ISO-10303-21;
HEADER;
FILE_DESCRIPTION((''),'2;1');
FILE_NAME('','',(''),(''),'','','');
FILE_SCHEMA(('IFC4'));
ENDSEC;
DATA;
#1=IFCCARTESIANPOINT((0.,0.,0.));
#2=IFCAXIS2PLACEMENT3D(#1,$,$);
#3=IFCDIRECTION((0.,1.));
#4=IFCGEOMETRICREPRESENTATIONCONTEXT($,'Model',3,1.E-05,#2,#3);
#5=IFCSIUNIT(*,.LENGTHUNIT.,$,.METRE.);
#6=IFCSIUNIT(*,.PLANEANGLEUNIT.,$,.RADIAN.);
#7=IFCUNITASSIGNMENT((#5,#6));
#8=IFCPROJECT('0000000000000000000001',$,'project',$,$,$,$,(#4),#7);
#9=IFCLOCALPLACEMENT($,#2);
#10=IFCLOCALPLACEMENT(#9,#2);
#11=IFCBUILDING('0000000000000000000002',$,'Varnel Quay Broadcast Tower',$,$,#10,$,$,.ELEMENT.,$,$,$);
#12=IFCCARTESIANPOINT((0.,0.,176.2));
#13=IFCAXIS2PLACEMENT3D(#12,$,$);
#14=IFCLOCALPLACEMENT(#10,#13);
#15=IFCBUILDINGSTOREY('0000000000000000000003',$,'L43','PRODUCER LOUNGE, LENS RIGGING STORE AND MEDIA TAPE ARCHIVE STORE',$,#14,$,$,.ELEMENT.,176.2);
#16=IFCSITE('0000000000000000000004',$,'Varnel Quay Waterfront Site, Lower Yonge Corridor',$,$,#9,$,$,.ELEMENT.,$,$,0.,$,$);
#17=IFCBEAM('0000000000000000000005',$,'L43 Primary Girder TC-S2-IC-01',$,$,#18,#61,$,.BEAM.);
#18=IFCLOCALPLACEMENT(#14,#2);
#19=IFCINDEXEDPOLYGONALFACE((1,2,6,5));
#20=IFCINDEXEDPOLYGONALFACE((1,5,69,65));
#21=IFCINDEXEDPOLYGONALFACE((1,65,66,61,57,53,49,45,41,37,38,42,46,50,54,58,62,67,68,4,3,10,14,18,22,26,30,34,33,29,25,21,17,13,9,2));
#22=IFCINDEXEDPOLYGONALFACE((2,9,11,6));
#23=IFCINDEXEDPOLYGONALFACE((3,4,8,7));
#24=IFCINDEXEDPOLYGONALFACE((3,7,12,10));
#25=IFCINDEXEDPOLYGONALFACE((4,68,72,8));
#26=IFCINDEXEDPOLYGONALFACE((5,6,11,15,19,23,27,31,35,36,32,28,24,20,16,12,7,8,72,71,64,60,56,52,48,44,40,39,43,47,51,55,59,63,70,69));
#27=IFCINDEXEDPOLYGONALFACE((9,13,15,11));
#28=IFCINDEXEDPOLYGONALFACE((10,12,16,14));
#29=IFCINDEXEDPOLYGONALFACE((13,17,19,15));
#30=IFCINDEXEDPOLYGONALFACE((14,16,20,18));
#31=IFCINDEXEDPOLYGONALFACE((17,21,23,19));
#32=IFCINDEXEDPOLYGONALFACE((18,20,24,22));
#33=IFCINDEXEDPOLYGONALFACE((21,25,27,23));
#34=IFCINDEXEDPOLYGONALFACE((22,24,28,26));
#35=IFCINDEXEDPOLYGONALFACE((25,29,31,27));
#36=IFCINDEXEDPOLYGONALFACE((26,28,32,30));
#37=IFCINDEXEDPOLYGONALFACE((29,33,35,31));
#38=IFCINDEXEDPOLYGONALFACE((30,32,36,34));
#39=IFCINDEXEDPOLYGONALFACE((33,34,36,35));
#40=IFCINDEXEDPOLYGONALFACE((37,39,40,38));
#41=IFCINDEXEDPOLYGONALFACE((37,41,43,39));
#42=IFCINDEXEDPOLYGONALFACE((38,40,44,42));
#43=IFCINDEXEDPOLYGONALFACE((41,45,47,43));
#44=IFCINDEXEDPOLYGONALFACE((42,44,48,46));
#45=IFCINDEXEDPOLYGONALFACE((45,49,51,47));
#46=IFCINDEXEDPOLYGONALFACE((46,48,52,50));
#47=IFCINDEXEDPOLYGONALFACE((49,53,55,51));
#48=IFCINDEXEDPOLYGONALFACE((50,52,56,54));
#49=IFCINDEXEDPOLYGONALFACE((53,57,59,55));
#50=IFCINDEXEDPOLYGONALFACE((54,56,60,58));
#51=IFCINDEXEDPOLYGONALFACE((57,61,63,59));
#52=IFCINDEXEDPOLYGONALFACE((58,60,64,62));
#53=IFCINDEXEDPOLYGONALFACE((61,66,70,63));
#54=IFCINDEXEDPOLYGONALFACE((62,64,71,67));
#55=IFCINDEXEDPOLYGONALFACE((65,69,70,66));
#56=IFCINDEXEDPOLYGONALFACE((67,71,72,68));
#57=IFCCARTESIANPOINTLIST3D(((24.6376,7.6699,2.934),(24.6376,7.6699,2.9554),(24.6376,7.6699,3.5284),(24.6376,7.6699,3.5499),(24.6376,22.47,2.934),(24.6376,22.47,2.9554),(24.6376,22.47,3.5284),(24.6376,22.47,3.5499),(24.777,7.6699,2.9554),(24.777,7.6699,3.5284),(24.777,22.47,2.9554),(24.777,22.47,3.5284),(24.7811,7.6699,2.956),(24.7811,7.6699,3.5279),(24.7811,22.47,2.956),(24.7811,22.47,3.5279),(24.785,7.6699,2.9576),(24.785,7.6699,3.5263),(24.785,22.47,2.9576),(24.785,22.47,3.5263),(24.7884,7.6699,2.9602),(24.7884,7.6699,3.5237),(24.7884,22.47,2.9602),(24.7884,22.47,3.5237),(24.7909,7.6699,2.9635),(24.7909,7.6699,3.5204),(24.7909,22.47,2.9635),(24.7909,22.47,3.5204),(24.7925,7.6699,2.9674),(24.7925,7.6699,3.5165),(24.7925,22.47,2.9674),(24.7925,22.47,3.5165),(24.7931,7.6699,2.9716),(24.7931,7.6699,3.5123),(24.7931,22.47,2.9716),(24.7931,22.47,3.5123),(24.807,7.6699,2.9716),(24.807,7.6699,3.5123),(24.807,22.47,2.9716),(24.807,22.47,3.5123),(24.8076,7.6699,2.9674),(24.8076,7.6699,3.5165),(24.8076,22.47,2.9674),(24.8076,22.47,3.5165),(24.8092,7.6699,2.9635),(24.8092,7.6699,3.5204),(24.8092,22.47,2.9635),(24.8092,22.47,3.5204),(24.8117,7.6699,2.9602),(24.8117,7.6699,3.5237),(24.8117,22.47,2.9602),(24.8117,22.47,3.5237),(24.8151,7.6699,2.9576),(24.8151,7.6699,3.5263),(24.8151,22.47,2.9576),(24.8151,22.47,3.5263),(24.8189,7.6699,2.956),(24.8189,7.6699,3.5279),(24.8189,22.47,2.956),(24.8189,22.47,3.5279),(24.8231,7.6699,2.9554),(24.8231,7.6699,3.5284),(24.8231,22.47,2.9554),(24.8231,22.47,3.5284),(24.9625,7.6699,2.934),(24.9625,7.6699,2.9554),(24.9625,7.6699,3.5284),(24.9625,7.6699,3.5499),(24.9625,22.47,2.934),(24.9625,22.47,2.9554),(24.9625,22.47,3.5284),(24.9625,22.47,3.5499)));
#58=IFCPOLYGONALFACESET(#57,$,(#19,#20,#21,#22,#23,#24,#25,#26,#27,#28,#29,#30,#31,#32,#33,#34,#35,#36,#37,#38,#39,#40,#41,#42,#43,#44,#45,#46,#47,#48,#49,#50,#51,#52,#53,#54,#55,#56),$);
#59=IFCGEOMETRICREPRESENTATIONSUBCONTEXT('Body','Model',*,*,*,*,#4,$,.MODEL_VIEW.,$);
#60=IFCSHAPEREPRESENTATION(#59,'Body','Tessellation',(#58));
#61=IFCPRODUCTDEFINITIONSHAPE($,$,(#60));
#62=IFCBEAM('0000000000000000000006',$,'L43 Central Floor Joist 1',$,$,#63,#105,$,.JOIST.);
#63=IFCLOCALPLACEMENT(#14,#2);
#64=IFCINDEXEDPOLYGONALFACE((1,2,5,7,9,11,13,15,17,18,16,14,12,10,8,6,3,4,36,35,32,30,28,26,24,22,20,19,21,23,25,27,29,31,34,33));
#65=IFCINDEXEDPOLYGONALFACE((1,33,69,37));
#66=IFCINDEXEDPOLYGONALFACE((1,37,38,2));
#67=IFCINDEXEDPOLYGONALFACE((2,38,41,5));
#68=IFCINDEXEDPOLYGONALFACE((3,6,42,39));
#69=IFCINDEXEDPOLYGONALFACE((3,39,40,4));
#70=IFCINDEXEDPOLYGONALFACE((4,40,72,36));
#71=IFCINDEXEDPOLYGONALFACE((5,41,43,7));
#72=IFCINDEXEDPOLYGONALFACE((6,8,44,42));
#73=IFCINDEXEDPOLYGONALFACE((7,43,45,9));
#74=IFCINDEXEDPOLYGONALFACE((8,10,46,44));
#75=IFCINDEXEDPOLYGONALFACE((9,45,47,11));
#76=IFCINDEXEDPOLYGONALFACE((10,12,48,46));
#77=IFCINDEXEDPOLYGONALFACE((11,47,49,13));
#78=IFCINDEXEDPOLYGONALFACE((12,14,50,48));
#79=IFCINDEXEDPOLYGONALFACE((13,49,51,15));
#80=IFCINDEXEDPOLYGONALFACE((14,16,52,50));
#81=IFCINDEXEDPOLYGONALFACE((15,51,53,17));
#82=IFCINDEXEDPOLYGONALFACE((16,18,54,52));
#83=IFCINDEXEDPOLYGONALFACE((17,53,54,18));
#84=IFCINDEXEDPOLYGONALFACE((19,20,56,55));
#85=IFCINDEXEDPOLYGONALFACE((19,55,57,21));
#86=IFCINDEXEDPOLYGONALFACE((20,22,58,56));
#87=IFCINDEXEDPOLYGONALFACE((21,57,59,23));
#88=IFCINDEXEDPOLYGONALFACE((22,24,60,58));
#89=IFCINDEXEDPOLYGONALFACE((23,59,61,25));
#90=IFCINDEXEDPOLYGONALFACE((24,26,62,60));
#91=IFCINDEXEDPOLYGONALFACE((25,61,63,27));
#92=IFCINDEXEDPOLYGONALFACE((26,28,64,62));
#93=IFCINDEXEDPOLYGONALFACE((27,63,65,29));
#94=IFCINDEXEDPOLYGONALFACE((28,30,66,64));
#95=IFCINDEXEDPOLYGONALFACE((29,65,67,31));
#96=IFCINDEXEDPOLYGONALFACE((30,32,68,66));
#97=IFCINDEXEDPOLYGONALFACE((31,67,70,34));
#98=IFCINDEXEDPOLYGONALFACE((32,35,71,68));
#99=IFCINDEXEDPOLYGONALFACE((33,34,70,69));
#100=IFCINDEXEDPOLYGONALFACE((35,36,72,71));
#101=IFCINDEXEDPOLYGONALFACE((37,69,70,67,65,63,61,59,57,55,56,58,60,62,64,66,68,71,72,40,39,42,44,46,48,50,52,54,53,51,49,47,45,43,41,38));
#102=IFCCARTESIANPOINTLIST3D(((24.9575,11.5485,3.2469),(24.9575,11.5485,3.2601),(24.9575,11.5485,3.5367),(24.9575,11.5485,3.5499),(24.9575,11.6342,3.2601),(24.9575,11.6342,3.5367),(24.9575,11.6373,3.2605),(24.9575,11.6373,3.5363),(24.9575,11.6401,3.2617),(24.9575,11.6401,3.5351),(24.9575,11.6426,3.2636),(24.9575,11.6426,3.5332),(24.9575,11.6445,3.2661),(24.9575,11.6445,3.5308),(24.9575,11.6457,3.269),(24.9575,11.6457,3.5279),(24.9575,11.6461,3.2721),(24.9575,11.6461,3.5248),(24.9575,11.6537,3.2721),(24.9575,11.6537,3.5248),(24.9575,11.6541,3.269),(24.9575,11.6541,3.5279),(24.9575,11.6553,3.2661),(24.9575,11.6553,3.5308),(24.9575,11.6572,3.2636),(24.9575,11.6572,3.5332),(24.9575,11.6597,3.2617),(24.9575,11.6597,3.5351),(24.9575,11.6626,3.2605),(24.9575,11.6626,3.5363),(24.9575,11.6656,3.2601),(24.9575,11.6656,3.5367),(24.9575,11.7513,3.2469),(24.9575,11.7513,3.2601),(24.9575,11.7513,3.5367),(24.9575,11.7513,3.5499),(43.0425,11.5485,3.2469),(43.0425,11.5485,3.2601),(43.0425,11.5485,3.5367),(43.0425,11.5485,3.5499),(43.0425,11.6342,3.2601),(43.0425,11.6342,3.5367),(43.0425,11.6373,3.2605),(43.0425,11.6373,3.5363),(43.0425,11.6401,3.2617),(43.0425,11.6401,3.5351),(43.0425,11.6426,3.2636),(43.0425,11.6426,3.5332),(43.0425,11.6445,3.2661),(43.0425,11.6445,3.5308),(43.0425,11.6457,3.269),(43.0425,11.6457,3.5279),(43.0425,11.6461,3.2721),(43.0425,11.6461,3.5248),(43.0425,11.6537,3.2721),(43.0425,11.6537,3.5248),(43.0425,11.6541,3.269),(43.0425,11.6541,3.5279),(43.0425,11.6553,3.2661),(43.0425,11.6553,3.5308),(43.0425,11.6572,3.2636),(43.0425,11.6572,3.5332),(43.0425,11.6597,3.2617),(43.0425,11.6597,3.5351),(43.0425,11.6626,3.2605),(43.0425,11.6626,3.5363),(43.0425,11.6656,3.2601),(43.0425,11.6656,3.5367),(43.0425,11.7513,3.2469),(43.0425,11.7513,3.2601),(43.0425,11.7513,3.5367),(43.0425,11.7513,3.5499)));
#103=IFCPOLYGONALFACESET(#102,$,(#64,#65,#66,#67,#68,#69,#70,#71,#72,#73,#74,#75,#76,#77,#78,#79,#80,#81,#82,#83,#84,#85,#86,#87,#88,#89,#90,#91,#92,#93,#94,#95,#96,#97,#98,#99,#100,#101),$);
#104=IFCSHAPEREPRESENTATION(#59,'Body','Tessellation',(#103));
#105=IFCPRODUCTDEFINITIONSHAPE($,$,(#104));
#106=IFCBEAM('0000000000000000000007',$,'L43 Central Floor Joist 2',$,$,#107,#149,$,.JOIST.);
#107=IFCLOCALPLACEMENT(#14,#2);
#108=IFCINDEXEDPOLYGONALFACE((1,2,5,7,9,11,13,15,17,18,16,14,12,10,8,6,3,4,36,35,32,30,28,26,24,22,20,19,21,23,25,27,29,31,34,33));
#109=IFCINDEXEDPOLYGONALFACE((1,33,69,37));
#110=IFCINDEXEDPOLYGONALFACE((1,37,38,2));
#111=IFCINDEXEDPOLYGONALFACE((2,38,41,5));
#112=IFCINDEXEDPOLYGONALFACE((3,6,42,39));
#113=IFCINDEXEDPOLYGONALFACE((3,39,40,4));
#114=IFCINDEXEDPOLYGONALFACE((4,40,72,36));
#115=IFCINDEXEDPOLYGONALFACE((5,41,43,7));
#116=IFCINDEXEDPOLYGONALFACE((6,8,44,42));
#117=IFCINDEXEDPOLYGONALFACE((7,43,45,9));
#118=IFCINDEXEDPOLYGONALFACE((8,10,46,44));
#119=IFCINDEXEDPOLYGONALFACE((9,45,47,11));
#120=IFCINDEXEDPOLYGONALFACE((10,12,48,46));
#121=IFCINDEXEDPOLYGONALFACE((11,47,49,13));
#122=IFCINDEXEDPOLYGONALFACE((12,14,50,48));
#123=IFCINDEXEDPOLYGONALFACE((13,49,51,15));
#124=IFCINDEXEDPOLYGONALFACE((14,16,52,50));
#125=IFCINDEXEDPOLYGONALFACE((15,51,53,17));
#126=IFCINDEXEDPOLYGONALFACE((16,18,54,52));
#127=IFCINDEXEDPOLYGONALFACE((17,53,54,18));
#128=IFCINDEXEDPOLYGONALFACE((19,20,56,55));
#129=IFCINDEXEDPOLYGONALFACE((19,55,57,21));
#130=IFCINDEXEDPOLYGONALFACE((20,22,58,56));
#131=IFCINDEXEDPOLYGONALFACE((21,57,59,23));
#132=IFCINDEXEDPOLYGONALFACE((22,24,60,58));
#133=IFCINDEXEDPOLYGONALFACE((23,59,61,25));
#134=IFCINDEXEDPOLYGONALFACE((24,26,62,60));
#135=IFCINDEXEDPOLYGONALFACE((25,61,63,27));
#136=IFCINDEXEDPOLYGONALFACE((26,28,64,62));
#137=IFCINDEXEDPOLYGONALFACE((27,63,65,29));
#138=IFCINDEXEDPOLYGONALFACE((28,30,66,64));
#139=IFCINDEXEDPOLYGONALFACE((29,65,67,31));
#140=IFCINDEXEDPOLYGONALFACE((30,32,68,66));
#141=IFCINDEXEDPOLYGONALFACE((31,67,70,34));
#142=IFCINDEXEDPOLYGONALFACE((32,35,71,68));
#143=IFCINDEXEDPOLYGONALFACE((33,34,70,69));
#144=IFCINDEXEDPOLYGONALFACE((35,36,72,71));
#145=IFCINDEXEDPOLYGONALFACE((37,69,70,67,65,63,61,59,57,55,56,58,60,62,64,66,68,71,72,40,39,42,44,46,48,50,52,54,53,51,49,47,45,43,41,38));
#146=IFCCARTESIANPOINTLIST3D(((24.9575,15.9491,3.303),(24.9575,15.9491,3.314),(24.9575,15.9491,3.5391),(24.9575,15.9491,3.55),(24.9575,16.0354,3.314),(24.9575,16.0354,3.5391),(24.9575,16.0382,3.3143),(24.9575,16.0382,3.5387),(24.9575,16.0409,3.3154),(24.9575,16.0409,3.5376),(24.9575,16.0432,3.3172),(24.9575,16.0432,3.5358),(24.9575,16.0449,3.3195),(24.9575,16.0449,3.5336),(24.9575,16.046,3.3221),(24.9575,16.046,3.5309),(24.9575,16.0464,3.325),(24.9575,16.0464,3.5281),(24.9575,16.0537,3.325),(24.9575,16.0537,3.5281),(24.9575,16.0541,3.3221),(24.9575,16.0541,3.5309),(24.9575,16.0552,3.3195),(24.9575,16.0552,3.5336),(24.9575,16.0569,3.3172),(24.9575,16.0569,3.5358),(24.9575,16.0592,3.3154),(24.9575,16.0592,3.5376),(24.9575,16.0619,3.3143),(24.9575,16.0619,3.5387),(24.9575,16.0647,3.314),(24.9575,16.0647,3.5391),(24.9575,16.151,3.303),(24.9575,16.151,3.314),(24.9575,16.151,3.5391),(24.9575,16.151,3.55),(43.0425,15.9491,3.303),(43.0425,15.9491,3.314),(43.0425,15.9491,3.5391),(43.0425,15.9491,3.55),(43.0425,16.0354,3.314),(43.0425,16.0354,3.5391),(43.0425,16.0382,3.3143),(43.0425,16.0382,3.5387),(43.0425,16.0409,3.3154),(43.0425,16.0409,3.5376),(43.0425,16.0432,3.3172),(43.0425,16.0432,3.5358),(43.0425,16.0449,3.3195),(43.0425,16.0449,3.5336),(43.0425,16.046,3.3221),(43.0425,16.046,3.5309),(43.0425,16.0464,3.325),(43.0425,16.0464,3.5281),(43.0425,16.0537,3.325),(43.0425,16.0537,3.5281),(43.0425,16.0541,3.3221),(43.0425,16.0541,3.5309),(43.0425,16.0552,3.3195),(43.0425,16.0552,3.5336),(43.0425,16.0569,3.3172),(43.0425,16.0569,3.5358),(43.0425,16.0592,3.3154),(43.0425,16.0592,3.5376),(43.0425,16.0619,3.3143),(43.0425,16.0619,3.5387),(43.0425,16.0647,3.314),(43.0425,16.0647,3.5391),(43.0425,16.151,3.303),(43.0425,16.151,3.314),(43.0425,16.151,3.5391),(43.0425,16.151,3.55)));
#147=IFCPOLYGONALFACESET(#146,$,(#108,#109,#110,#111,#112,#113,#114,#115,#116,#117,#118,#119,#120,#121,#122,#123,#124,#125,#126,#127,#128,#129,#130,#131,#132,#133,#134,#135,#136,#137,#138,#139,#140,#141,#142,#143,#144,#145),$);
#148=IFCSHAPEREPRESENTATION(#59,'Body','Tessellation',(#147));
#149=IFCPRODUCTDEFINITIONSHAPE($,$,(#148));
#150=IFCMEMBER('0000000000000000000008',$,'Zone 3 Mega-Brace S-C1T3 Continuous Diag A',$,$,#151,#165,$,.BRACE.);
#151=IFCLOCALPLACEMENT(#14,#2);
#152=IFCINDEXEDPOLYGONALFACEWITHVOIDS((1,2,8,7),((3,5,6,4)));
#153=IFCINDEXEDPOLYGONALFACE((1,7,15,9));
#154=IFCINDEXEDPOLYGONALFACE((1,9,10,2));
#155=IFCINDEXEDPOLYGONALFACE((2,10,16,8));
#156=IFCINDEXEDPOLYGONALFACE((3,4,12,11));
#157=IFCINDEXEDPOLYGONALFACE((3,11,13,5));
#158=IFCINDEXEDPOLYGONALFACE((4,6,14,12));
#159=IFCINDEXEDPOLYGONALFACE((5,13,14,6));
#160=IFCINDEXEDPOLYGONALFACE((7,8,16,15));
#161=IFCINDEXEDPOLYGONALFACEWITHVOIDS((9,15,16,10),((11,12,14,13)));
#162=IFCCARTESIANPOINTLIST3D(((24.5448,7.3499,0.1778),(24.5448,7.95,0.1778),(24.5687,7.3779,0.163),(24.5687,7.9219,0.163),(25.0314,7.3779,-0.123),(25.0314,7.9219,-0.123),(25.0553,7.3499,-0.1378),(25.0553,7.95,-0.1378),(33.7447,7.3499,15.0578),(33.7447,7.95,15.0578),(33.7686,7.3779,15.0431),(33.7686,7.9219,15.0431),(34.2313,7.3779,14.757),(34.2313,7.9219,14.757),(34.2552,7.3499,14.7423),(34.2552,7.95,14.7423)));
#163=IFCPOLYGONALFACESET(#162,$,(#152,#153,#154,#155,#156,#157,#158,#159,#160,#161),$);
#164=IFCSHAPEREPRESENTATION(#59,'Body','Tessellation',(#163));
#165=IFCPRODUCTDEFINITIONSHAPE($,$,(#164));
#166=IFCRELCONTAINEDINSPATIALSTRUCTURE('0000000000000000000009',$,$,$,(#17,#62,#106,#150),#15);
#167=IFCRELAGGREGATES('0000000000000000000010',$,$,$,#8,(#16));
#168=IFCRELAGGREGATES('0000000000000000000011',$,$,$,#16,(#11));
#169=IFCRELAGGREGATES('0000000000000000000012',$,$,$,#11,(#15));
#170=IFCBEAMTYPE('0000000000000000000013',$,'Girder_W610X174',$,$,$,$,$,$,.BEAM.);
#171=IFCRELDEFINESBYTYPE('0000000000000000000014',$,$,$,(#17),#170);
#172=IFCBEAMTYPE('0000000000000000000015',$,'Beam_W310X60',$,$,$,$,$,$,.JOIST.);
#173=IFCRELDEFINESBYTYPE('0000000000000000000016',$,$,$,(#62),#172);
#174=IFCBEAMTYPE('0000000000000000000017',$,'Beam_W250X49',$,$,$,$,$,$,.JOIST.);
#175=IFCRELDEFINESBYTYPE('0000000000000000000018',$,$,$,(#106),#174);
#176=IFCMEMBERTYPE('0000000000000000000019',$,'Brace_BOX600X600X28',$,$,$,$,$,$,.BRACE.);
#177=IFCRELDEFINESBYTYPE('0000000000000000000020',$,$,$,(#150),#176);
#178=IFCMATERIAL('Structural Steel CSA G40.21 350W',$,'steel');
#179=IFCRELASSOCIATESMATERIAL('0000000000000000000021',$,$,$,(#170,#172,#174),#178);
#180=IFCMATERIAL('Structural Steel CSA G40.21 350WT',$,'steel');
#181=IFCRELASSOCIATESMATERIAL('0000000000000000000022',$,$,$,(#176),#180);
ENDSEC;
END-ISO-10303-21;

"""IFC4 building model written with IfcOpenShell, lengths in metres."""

from ifc_helpers import new_model, si_unit, direction, frame, origin, origin_2d, place, context, subcontext, project, spatial, hollow_rectangle, i_section, extrude, source, transform, mapped, material, material_profile, profile_set, type_object, type_shapes, element, save


model = new_model("IFC4")

# Units and contexts
model_context = context("Model", 3, precision=1e-05, world=origin(), true_north=direction((0.0, 1.0)))
body_context = subcontext(model_context, "Body", "Model", "MODEL_VIEW")
ifc_project = project(units=[si_unit("LENGTHUNIT", "METRE"), si_unit("PLANEANGLEUNIT", "RADIAN")], contexts=[model_context])

# Site, building, storey
site_placement = place(None, origin())
site = spatial("IfcSite", under=ifc_project, at=site_placement, Name="Varnel Quay Waterfront Site, Lower Yonge Corridor", CompositionType="ELEMENT", RefElevation=0.0)
building_placement = place(site_placement, origin())
building = spatial("IfcBuilding", under=site, at=building_placement, Name="Varnel Quay Broadcast Tower", CompositionType="ELEMENT")
storey_placement = place(building_placement, frame((0.0, 0.0, 176.2)))
storey = spatial("IfcBuildingStorey", under=building, at=storey_placement, Name="L43", Description="PRODUCER LOUNGE, LENS RIGGING STORE AND MEDIA TAPE ARCHIVE STORE", CompositionType="ELEMENT", Elevation=176.2)

# Shared definitions
ifc_material_1 = material(Name="Structural Steel CSA G40.21 350WT", Category="steel")
ifc_material_2 = material(Name="Structural Steel CSA G40.21 350W", Category="steel")

# Beams
ifc_material_profile_1 = material_profile(ifc_material_2, i_section(OverallWidth=0.325, OverallDepth=0.616, WebThickness=0.0139, FlangeThickness=0.0215, FilletRadius=0.0161, at=origin_2d()), Name="W610X174")
ifc_profile_set_1 = profile_set([ifc_material_profile_1], Name="Structural Steel CSA G40.21 350W")
beam_type_1 = type_object("IfcBeamType", Name="Girder_W610X174", PredefinedType="BEAM", material=ifc_profile_set_1)
shared_shape_1 = source(origin(), body_context, "Body", "SweptSolid", [
    extrude(i_section(OverallWidth=0.325, OverallDepth=0.616, WebThickness=0.0139, FlangeThickness=0.0215, FilletRadius=0.0161, at=origin_2d()), origin(), (0.0, 0.0, 1.0), 14.8),
])
type_shapes(beam_type_1, [shared_shape_1])
beam_1_placement = place(storey_placement, frame((24.8, 7.6699, 3.2419), z_axis=(0.0, 1.0, 0.0), x_axis=(-1.0, 0.0, 0.0)))
element("IfcBeam", 1, at=beam_1_placement, inside=storey, type_object=beam_type_1, Name="L43 Primary Girder TC-S2-IC-01", PredefinedType="BEAM", context=body_context, shape_type="MappedRepresentation", body=[
    mapped(shared_shape_1, transform((0.0, 0.0, 0.0), x_axis=(1.0, 0.0, 0.0), y_axis=(0.0, 1.0, 0.0), z_axis=(0.0, 0.0, 1.0), scale=1.0)),
])
ifc_material_profile_2 = material_profile(ifc_material_2, i_section(OverallWidth=0.2029, OverallDepth=0.303, WebThickness=0.0076, FlangeThickness=0.0132, FilletRadius=0.012, at=origin_2d()), Name="W310X60")
ifc_profile_set_2 = profile_set([ifc_material_profile_2], Name="Structural Steel CSA G40.21 350W")
beam_type_2 = type_object("IfcBeamType", Name="Beam_W310X60", PredefinedType="JOIST", material=ifc_profile_set_2)
shared_shape_2 = source(origin(), body_context, "Body", "SweptSolid", [
    extrude(i_section(OverallWidth=0.2029, OverallDepth=0.303, WebThickness=0.0076, FlangeThickness=0.0132, FilletRadius=0.012, at=origin_2d()), origin(), (0.0, 0.0, 1.0), 18.085),
])
type_shapes(beam_type_2, [shared_shape_2])
beam_2_placement = place(storey_placement, frame((24.9575, 11.6499, 3.3984), z_axis=(1.0, 0.0, 0.0), x_axis=(0.0, 1.0, 0.0)))
element("IfcBeam", 2, at=beam_2_placement, inside=storey, type_object=beam_type_2, Name="L43 Central Floor Joist 1", PredefinedType="JOIST", context=body_context, shape_type="MappedRepresentation", body=[
    mapped(shared_shape_2, transform((0.0, 0.0, 0.0), x_axis=(1.0, 0.0, 0.0), y_axis=(0.0, 1.0, 0.0), z_axis=(0.0, 0.0, 1.0), scale=1.0)),
])
ifc_material_profile_3 = material_profile(ifc_material_2, i_section(OverallWidth=0.2019, OverallDepth=0.2471, WebThickness=0.0073, FlangeThickness=0.011, FilletRadius=0.011, at=origin_2d()), Name="W250X49")
ifc_profile_set_3 = profile_set([ifc_material_profile_3], Name="Structural Steel CSA G40.21 350W")
beam_type_3 = type_object("IfcBeamType", Name="Beam_W250X49", PredefinedType="JOIST", material=ifc_profile_set_3)
shared_shape_3 = source(origin(), body_context, "Body", "SweptSolid", [
    extrude(i_section(OverallWidth=0.2019, OverallDepth=0.2471, WebThickness=0.0073, FlangeThickness=0.011, FilletRadius=0.011, at=origin_2d()), origin(), (0.0, 0.0, 1.0), 18.085),
])
type_shapes(beam_type_3, [shared_shape_3])
beam_3_placement = place(storey_placement, frame((24.9575, 16.05, 3.4265), z_axis=(1.0, 0.0, 0.0), x_axis=(0.0, 1.0, 0.0)))
element("IfcBeam", 3, at=beam_3_placement, inside=storey, type_object=beam_type_3, Name="L43 Central Floor Joist 2", PredefinedType="JOIST", context=body_context, shape_type="MappedRepresentation", body=[
    mapped(shared_shape_3, transform((0.0, 0.0, 0.0), x_axis=(1.0, 0.0, 0.0), y_axis=(0.0, 1.0, 0.0), z_axis=(0.0, 0.0, 1.0), scale=1.0)),
])

# Member
ifc_material_profile_4 = material_profile(ifc_material_1, hollow_rectangle(XDim=0.6001, YDim=0.6001, WallThickness=0.0281, at=origin_2d()), Name="BOX600X600X28")
ifc_profile_set_4 = profile_set([ifc_material_profile_4], Name="Structural Steel CSA G40.21 350WT")
member_type_1 = type_object("IfcMemberType", Name="Brace_BOX600X600X28", PredefinedType="BRACE", material=ifc_profile_set_4)
shared_shape_4 = source(origin(), body_context, "Body", "SweptSolid", [
    extrude(hollow_rectangle(XDim=0.6001, YDim=0.6001, WallThickness=0.0281, at=origin_2d()), origin(), (0.0, 0.0, 1.0), 17.4944),
])
type_shapes(member_type_1, [shared_shape_4])
member_1_placement = place(storey_placement, frame((24.8, 7.6499, 0.02), z_axis=(0.525877, 0.0, 0.850561), x_axis=(0.0, 1.0, 0.0)))
element("IfcMember", 4, at=member_1_placement, inside=storey, type_object=member_type_1, Name="Zone 3 Mega-Brace S-C1T3 Continuous Diag A", PredefinedType="BRACE", context=body_context, shape_type="MappedRepresentation", body=[
    mapped(shared_shape_4, transform((0.0, 0.0, 0.0), x_axis=(1.0, 0.0, 0.0), y_axis=(0.0, 1.0, 0.0), z_axis=(0.0, 0.0, 1.0), scale=1.0)),
])

save(model, "model.ifc")
